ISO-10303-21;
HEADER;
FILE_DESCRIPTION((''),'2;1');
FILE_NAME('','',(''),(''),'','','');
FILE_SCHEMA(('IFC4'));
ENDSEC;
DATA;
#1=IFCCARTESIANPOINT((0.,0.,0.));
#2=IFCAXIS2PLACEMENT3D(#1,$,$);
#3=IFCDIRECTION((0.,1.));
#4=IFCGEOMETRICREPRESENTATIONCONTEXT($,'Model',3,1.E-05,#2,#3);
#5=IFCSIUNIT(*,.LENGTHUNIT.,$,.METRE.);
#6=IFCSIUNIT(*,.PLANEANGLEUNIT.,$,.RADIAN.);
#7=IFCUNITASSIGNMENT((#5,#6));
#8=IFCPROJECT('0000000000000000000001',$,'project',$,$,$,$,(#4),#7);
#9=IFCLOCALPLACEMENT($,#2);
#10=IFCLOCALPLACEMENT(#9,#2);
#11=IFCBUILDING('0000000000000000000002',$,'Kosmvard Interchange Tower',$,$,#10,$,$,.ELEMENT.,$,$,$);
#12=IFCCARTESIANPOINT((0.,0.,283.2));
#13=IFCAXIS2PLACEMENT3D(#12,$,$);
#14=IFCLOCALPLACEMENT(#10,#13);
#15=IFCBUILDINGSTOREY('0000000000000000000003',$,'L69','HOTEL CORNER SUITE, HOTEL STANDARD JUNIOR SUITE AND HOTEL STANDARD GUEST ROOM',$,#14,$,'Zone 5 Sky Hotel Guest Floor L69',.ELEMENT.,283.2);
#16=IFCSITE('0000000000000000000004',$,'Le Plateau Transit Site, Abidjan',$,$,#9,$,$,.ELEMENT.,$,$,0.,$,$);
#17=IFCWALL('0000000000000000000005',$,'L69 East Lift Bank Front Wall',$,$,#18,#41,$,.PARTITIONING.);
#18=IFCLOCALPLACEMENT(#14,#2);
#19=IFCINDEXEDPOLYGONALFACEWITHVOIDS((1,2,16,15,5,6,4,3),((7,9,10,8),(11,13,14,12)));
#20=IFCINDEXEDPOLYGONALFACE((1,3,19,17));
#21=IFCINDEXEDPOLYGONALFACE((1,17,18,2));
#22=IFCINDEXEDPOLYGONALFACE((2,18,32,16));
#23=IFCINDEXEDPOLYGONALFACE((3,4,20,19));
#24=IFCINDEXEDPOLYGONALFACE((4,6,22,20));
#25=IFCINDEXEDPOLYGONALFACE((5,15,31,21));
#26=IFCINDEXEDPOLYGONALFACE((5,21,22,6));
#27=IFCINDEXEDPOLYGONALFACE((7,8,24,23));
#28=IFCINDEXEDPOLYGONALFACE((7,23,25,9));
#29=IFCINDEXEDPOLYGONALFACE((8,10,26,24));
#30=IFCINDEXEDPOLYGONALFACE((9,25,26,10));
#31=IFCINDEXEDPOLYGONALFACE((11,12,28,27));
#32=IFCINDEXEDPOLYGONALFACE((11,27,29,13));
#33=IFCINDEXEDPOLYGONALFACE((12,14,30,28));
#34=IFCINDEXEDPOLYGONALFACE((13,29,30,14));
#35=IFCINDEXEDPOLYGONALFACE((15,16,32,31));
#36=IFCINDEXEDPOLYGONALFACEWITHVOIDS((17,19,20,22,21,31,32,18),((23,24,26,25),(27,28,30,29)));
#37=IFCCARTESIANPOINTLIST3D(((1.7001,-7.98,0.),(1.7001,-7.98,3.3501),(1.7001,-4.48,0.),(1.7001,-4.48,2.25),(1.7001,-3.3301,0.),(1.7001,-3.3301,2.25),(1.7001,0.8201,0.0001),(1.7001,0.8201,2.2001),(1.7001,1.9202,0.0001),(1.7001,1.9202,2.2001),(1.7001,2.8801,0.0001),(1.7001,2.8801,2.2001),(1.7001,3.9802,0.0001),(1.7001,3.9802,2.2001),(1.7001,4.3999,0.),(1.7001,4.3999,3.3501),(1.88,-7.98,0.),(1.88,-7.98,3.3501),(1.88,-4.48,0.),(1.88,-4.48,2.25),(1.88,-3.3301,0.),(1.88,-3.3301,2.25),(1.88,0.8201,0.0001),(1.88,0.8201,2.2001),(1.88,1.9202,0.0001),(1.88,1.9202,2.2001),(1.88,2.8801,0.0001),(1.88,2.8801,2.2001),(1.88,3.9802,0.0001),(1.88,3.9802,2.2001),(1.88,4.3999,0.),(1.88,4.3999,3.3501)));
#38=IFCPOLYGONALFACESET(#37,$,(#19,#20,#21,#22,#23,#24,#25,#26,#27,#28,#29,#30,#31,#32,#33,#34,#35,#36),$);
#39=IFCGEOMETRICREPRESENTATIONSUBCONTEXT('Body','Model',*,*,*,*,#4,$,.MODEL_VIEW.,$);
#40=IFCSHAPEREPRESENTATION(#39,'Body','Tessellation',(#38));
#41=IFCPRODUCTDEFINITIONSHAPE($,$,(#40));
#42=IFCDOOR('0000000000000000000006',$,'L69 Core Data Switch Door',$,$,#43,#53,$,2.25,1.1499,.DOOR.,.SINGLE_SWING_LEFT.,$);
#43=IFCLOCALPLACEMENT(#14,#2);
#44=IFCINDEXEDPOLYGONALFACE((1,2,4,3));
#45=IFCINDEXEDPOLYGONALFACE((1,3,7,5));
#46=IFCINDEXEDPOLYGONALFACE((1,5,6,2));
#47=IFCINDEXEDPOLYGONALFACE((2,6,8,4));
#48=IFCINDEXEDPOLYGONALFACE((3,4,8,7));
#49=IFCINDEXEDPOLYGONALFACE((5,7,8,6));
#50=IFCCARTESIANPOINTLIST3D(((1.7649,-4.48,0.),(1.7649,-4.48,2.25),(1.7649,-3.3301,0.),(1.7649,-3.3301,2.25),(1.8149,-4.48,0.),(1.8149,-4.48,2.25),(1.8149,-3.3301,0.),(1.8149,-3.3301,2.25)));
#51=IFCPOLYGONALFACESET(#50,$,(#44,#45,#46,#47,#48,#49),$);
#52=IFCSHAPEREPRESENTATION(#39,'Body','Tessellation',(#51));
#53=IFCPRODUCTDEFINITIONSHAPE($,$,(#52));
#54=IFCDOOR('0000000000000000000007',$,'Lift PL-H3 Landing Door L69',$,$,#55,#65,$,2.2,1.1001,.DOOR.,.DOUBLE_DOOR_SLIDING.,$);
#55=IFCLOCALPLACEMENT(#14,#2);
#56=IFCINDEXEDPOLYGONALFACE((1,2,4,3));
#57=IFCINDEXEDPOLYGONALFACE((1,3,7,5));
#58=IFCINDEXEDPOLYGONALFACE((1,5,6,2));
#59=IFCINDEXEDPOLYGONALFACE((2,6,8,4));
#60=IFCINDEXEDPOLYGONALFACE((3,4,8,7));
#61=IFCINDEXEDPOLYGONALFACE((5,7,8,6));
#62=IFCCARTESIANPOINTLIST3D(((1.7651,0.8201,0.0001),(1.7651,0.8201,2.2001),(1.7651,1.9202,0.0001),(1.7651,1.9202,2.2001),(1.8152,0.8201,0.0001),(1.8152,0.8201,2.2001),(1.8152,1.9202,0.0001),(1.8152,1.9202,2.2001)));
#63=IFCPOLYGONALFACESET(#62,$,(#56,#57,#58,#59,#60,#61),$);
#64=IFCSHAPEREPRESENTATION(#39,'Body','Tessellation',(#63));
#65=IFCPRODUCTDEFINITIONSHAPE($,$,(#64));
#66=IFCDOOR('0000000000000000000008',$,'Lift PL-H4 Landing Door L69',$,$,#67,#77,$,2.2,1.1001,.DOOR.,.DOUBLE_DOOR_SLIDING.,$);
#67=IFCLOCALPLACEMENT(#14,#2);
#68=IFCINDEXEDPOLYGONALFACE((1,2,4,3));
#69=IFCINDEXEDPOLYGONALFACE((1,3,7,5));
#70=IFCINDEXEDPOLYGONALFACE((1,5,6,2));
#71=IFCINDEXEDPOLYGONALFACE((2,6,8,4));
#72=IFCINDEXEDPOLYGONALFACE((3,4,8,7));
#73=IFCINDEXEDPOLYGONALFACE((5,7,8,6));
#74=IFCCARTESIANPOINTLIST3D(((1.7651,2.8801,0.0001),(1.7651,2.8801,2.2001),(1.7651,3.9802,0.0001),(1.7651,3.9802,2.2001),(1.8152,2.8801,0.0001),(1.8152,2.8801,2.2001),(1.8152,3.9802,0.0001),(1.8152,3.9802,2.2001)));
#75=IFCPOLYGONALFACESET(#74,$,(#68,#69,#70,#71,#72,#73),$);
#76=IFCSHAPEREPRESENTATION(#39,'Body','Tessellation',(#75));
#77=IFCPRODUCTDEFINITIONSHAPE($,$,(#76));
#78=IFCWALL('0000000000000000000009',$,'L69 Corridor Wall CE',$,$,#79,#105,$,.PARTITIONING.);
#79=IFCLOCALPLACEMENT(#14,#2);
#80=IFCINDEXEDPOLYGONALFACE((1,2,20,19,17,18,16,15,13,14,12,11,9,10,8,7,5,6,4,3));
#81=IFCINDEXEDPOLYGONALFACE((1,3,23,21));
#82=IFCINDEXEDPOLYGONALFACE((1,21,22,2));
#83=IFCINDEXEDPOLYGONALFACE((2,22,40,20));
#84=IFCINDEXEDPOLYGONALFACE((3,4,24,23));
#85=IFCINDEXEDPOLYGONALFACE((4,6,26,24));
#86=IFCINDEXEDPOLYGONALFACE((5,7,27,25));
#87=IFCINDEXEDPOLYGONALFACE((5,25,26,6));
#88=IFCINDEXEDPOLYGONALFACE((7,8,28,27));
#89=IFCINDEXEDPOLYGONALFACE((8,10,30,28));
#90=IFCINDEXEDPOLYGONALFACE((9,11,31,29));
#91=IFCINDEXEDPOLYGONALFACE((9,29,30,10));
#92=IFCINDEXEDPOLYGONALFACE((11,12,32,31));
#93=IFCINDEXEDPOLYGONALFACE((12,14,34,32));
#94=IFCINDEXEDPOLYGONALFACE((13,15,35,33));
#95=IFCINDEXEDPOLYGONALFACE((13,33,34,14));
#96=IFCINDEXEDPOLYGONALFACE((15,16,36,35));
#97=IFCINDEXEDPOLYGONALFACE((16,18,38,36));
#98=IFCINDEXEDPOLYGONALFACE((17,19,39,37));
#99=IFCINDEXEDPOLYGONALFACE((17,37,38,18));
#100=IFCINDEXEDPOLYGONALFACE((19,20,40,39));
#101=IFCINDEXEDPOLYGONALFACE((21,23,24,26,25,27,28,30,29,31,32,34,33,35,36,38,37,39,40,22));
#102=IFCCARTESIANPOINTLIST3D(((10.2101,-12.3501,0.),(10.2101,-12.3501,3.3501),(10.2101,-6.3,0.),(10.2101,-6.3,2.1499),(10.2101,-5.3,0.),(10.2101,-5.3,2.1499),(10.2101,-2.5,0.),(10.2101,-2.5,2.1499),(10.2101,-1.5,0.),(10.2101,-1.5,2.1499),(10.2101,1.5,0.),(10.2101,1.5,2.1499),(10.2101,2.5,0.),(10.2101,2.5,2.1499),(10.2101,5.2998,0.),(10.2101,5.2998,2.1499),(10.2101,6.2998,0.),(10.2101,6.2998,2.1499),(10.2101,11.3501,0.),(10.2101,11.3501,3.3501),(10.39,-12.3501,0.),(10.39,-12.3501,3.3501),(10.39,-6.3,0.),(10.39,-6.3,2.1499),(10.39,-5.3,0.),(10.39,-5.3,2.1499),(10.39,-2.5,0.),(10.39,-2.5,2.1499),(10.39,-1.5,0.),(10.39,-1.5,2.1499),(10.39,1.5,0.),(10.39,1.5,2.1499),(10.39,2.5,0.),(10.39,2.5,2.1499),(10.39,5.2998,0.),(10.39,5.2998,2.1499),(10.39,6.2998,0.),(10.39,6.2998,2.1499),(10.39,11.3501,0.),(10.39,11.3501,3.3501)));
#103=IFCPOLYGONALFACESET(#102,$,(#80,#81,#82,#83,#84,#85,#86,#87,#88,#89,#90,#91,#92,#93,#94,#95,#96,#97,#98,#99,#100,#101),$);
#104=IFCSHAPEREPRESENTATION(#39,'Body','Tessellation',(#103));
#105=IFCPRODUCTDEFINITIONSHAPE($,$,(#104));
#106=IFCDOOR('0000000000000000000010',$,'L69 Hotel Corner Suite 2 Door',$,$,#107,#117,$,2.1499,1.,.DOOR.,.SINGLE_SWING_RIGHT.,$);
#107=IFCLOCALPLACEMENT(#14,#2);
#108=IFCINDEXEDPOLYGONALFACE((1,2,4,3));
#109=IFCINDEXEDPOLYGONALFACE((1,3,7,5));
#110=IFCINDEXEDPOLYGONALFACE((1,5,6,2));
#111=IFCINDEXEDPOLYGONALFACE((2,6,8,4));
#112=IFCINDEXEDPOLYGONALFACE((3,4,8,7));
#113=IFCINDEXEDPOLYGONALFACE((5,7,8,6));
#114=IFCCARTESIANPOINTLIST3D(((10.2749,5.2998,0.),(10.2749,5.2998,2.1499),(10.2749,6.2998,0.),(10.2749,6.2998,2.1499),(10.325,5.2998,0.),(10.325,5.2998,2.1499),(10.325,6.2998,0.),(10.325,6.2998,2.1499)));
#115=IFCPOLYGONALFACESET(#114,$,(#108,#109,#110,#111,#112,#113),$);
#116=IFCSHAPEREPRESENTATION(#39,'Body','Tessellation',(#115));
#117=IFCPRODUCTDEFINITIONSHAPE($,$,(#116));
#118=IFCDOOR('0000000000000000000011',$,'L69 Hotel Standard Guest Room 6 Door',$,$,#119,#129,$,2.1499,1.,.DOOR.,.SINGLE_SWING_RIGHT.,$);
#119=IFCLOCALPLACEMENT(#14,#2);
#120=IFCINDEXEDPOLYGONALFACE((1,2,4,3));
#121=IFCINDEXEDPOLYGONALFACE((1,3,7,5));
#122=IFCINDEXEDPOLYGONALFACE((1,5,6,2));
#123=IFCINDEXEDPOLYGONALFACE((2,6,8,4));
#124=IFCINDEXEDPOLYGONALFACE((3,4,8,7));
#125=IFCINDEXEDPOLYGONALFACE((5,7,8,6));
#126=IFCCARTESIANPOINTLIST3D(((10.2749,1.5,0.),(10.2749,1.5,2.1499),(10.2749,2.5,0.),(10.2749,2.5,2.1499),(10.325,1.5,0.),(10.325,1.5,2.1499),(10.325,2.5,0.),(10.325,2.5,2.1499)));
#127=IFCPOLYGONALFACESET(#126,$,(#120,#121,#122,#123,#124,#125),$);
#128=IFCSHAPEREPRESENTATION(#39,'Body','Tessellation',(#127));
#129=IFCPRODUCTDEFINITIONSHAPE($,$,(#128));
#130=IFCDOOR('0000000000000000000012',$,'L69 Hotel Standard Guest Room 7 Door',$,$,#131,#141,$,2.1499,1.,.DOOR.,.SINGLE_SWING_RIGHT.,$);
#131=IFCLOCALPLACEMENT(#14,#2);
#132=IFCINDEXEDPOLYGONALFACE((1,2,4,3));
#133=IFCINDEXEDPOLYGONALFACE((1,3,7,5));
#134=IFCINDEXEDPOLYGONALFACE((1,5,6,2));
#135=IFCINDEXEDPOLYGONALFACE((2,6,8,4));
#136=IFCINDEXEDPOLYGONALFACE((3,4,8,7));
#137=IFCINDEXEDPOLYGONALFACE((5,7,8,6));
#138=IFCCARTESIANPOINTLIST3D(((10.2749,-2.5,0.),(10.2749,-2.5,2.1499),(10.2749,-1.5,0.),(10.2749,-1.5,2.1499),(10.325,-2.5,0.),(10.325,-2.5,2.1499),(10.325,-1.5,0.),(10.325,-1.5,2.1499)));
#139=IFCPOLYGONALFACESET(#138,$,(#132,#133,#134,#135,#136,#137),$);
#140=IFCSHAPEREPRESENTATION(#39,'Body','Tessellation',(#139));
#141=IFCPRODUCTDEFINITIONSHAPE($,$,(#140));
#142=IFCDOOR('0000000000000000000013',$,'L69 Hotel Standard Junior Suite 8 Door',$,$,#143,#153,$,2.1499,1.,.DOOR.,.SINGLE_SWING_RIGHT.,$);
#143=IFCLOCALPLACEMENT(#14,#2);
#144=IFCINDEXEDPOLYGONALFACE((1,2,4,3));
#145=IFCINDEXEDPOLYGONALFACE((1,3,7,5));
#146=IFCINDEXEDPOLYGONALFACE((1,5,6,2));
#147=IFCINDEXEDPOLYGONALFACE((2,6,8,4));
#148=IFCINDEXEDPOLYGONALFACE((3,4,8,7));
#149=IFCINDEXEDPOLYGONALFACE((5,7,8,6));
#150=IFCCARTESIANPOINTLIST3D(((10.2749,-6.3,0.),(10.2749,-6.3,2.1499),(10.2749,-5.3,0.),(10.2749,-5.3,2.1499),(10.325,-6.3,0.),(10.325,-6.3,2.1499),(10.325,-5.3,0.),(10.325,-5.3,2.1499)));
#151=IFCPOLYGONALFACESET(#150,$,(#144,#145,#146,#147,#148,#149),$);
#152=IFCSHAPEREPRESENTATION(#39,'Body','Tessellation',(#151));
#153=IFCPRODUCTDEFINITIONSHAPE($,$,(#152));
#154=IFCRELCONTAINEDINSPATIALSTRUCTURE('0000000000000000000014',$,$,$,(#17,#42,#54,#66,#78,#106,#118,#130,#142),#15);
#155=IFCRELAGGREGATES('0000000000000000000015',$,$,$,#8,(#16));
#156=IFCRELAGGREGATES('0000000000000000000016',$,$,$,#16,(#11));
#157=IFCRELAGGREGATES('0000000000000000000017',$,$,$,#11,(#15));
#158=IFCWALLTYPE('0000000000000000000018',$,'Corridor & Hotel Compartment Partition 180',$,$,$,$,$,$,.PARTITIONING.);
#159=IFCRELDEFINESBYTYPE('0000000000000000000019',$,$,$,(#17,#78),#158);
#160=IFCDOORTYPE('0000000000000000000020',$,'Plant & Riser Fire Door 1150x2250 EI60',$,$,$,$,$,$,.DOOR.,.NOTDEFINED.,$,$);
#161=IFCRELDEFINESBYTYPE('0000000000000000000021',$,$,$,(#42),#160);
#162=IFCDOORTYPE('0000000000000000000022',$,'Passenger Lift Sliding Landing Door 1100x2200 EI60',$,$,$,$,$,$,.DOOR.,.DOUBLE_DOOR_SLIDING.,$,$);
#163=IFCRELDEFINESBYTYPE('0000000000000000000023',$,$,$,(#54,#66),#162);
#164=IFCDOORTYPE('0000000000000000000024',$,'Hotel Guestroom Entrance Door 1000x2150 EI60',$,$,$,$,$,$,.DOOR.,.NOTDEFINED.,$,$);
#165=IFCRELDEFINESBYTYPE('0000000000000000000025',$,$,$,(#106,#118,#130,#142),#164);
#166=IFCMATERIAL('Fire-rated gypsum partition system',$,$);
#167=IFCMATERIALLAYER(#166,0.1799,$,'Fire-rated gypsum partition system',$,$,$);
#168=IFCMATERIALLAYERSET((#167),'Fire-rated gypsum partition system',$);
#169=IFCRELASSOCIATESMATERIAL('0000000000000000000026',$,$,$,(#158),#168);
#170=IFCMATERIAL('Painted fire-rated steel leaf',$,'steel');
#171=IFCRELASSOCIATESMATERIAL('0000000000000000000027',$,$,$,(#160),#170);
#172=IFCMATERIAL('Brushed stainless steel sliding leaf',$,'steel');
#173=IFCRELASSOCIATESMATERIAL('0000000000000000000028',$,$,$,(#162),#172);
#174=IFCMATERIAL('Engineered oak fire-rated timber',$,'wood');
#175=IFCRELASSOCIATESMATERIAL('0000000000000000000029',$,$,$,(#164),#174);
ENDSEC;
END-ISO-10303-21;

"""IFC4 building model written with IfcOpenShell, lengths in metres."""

from ifc_helpers import new_model, si_unit, direction, frame, frame_2d, origin, place, context, subcontext, project, spatial, rectangle, extrude, source, transform, mapped, material, layer, layer_set, type_object, element, fill, save


model = new_model("IFC4")

# Units and contexts
model_context = context("Model", 3, precision=1e-05, world=origin(), true_north=direction((0.0, 1.0)))
body_context = subcontext(model_context, "Body", "Model", "MODEL_VIEW")
ifc_project = project(units=[si_unit("LENGTHUNIT", "METRE"), si_unit("PLANEANGLEUNIT", "RADIAN")], contexts=[model_context])

# Site, building, storey
site_placement = place(None, origin())
site = spatial("IfcSite", under=ifc_project, at=site_placement, Name="Le Plateau Transit Site, Abidjan", CompositionType="ELEMENT", RefElevation=0.0)
building_placement = place(site_placement, origin())
building = spatial("IfcBuilding", under=site, at=building_placement, Name="Kosmvard Interchange Tower", CompositionType="ELEMENT")
storey_placement = place(building_placement, frame((0.0, 0.0, 283.2)))
storey = spatial("IfcBuildingStorey", under=building, at=storey_placement, Name="L69", Description="HOTEL CORNER SUITE, HOTEL STANDARD JUNIOR SUITE AND HOTEL STANDARD GUEST ROOM", LongName="Zone 5 Sky Hotel Guest Floor L69", CompositionType="ELEMENT", Elevation=283.2)

# Walls, openings, doors
ifc_material_1 = material(Name="Fire-rated gypsum partition system")
ifc_layer_1 = layer(ifc_material_1, 0.1799, Name="Fire-rated gypsum partition system")
ifc_layer_set_1 = layer_set([ifc_layer_1], Name="Fire-rated gypsum partition system")
wall_type_1 = type_object("IfcWallType", Name="Corridor & Hotel Compartment Partition 180", PredefinedType="PARTITIONING", material=ifc_layer_set_1)
wall_1_placement = place(storey_placement, frame((1.79, -7.98, 0.0), z_axis=(0.0, 0.0, 1.0), x_axis=(0.0, 1.0, 0.0)))
wall_1 = element("IfcWall", 1, at=wall_1_placement, inside=storey, type_object=wall_type_1, Name="L69 East Lift Bank Front Wall", PredefinedType="PARTITIONING", context=body_context, shape_type="SweptSolid", body=[
    extrude(rectangle(XDim=12.3799, YDim=0.1799, at=frame_2d((6.1899, 0.0))), origin(), (0.0, 0.0, 1.0), 3.3501),
])
opening_1_placement = place(wall_1_placement, frame((8.8, 0.0, 0.0)))
opening_1 = element("IfcOpeningElement", 2, at=opening_1_placement, cuts=wall_1, PredefinedType="OPENING", context=body_context, shape_type="SweptSolid", body=[
    extrude(rectangle(XDim=1.1001, YDim=2.2, at=frame_2d((0.55, 1.1001))), frame((0.0, 0.1001, 0.0), z_axis=(0.0, -1.0, 0.0), x_axis=(1.0, 0.0, 0.0)), (0.0, 0.0, 1.0), 0.2),
])
opening_2_placement = place(wall_1_placement, frame((10.8601, 0.0, 0.0)))
opening_2 = element("IfcOpeningElement", 3, at=opening_2_placement, cuts=wall_1, PredefinedType="OPENING", context=body_context, shape_type="SweptSolid", body=[
    extrude(rectangle(XDim=1.1001, YDim=2.2, at=frame_2d((0.55, 1.1001))), frame((0.0, 0.1001, 0.0), z_axis=(0.0, -1.0, 0.0), x_axis=(1.0, 0.0, 0.0)), (0.0, 0.0, 1.0), 0.2),
])
opening_3_placement = place(wall_1_placement, frame((3.5, 0.0, 0.0)))
opening_3 = element("IfcOpeningElement", 4, at=opening_3_placement, cuts=wall_1, PredefinedType="OPENING", context=body_context, shape_type="SweptSolid", body=[
    extrude(rectangle(XDim=1.1499, YDim=2.25, at=frame_2d((0.575, 1.125))), frame((0.0, 0.1001, 0.0), z_axis=(0.0, -1.0, 0.0), x_axis=(1.0, 0.0, 0.0)), (0.0, 0.0, 1.0), 0.2),
])
ifc_material_2 = material(Name="Painted fire-rated steel leaf", Category="steel")
door_type_1 = type_object("IfcDoorType", Name="Plant & Riser Fire Door 1150x2250 EI60", OperationType="NOTDEFINED", PredefinedType="DOOR", material=ifc_material_2)
shared_shape_1 = source(origin(), body_context, "Body", "SweptSolid", [
    extrude(rectangle(XDim=1.1499, YDim=2.25, at=frame_2d((0.575, 1.125))), frame((0.0, 0.0249, 0.0), z_axis=(0.0, -1.0, 0.0), x_axis=(1.0, 0.0, 0.0)), (0.0, 0.0, 1.0), 0.05),
])
door_1_placement = place(opening_3_placement, frame((1.1499, 0.0, 0.0), z_axis=(0.0, 0.0, 1.0), x_axis=(-1.0, 0.0, 0.0)))
door_1 = element("IfcDoor", 5, at=door_1_placement, inside=storey, type_object=door_type_1, Name="L69 Core Data Switch Door", OperationType="SINGLE_SWING_LEFT", OverallHeight=2.25, OverallWidth=1.1499, PredefinedType="DOOR", context=body_context, shape_type="MappedRepresentation", body=[
    mapped(shared_shape_1, transform((0.0, 0.0, 0.0), scale=1.0)),
])
fill(opening_3, door_1)
ifc_material_3 = material(Name="Brushed stainless steel sliding leaf", Category="steel")
door_type_2 = type_object("IfcDoorType", Name="Passenger Lift Sliding Landing Door 1100x2200 EI60", OperationType="DOUBLE_DOOR_SLIDING", PredefinedType="DOOR", material=ifc_material_3)
shared_shape_2 = source(origin(), body_context, "Body", "SweptSolid", [
    extrude(rectangle(XDim=1.1001, YDim=2.2, at=frame_2d((0.55, 1.1001))), frame((0.0, 0.0249, 0.0), z_axis=(0.0, -1.0, 0.0), x_axis=(1.0, 0.0, 0.0)), (0.0, 0.0, 1.0), 0.05),
])
door_2_placement = place(opening_1_placement, origin())
door_2 = element("IfcDoor", 6, at=door_2_placement, inside=storey, type_object=door_type_2, Name="Lift PL-H3 Landing Door L69", OperationType="DOUBLE_DOOR_SLIDING", OverallHeight=2.2, OverallWidth=1.1001, PredefinedType="DOOR", context=body_context, shape_type="MappedRepresentation", body=[
    mapped(shared_shape_2, transform((0.0, 0.0, 0.0), scale=1.0)),
])
fill(opening_1, door_2)
door_3_placement = place(opening_2_placement, origin())
door_3 = element("IfcDoor", 7, at=door_3_placement, inside=storey, type_object=door_type_2, Name="Lift PL-H4 Landing Door L69", OperationType="DOUBLE_DOOR_SLIDING", OverallHeight=2.2, OverallWidth=1.1001, PredefinedType="DOOR", context=body_context, shape_type="MappedRepresentation", body=[
    mapped(shared_shape_2, transform((0.0, 0.0, 0.0), scale=1.0)),
])
fill(opening_2, door_3)
wall_2_placement = place(storey_placement, frame((10.3, -12.3501, 0.0), z_axis=(0.0, 0.0, 1.0), x_axis=(0.0, 1.0, 0.0)))
wall_2 = element("IfcWall", 8, at=wall_2_placement, inside=storey, type_object=wall_type_1, Name="L69 Corridor Wall CE", PredefinedType="PARTITIONING", context=body_context, shape_type="SweptSolid", body=[
    extrude(rectangle(XDim=23.7002, YDim=0.1799, at=frame_2d((11.8501, 0.0))), origin(), (0.0, 0.0, 1.0), 3.3501),
])
opening_4_placement = place(wall_2_placement, frame((17.6499, 0.0, 0.0)))
opening_4 = element("IfcOpeningElement", 9, at=opening_4_placement, cuts=wall_2, PredefinedType="OPENING", context=body_context, shape_type="SweptSolid", body=[
    extrude(rectangle(XDim=1.0, YDim=2.1499, at=frame_2d((0.5, 1.075))), frame((0.0, 0.1001, 0.0), z_axis=(0.0, -1.0, 0.0), x_axis=(1.0, 0.0, 0.0)), (0.0, 0.0, 1.0), 0.2),
])
opening_5_placement = place(wall_2_placement, frame((13.8501, 0.0, 0.0)))
opening_5 = element("IfcOpeningElement", 10, at=opening_5_placement, cuts=wall_2, PredefinedType="OPENING", context=body_context, shape_type="SweptSolid", body=[
    extrude(rectangle(XDim=1.0, YDim=2.1499, at=frame_2d((0.5, 1.075))), frame((0.0, 0.1001, 0.0), z_axis=(0.0, -1.0, 0.0), x_axis=(1.0, 0.0, 0.0)), (0.0, 0.0, 1.0), 0.2),
])
opening_6_placement = place(wall_2_placement, frame((9.8501, 0.0, 0.0)))
opening_6 = element("IfcOpeningElement", 11, at=opening_6_placement, cuts=wall_2, PredefinedType="OPENING", context=body_context, shape_type="SweptSolid", body=[
    extrude(rectangle(XDim=1.0, YDim=2.1499, at=frame_2d((0.5, 1.075))), frame((0.0, 0.1001, 0.0), z_axis=(0.0, -1.0, 0.0), x_axis=(1.0, 0.0, 0.0)), (0.0, 0.0, 1.0), 0.2),
])
opening_7_placement = place(wall_2_placement, frame((6.05, 0.0, 0.0)))
opening_7 = element("IfcOpeningElement", 12, at=opening_7_placement, cuts=wall_2, PredefinedType="OPENING", context=body_context, shape_type="SweptSolid", body=[
    extrude(rectangle(XDim=1.0, YDim=2.1499, at=frame_2d((0.5, 1.075))), frame((0.0, 0.1001, 0.0), z_axis=(0.0, -1.0, 0.0), x_axis=(1.0, 0.0, 0.0)), (0.0, 0.0, 1.0), 0.2),
])
ifc_material_4 = material(Name="Engineered oak fire-rated timber", Category="wood")
door_type_3 = type_object("IfcDoorType", Name="Hotel Guestroom Entrance Door 1000x2150 EI60", OperationType="NOTDEFINED", PredefinedType="DOOR", material=ifc_material_4)
shared_shape_3 = source(origin(), body_context, "Body", "SweptSolid", [
    extrude(rectangle(XDim=1.0, YDim=2.1499, at=frame_2d((0.5, 1.075))), frame((0.0, 0.0249, 0.0), z_axis=(0.0, -1.0, 0.0), x_axis=(1.0, 0.0, 0.0)), (0.0, 0.0, 1.0), 0.05),
])
door_4_placement = place(opening_4_placement, frame((1.0, 0.0, 0.0), z_axis=(0.0, 0.0, 1.0), x_axis=(-1.0, 0.0, 0.0)))
door_4 = element("IfcDoor", 13, at=door_4_placement, inside=storey, type_object=door_type_3, Name="L69 Hotel Corner Suite 2 Door", OperationType="SINGLE_SWING_RIGHT", OverallHeight=2.1499, OverallWidth=1.0, PredefinedType="DOOR", context=body_context, shape_type="MappedRepresentation", body=[
    mapped(shared_shape_3, transform((0.0, 0.0, 0.0), scale=1.0)),
])
fill(opening_4, door_4)
door_5_placement = place(opening_5_placement, frame((1.0, 0.0, 0.0), z_axis=(0.0, 0.0, 1.0), x_axis=(-1.0, 0.0, 0.0)))
door_5 = element("IfcDoor", 14, at=door_5_placement, inside=storey, type_object=door_type_3, Name="L69 Hotel Standard Guest Room 6 Door", OperationType="SINGLE_SWING_RIGHT", OverallHeight=2.1499, OverallWidth=1.0, PredefinedType="DOOR", context=body_context, shape_type="MappedRepresentation", body=[
    mapped(shared_shape_3, transform((0.0, 0.0, 0.0), scale=1.0)),
])
fill(opening_5, door_5)
door_6_placement = place(opening_6_placement, frame((1.0, 0.0, 0.0), z_axis=(0.0, 0.0, 1.0), x_axis=(-1.0, 0.0, 0.0)))
door_6 = element("IfcDoor", 15, at=door_6_placement, inside=storey, type_object=door_type_3, Name="L69 Hotel Standard Guest Room 7 Door", OperationType="SINGLE_SWING_RIGHT", OverallHeight=2.1499, OverallWidth=1.0, PredefinedType="DOOR", context=body_context, shape_type="MappedRepresentation", body=[
    mapped(shared_shape_3, transform((0.0, 0.0, 0.0), scale=1.0)),
])
fill(opening_6, door_6)
door_7_placement = place(opening_7_placement, frame((1.0, 0.0, 0.0), z_axis=(0.0, 0.0, 1.0), x_axis=(-1.0, 0.0, 0.0)))
door_7 = element("IfcDoor", 16, at=door_7_placement, inside=storey, type_object=door_type_3, Name="L69 Hotel Standard Junior Suite 8 Door", OperationType="SINGLE_SWING_RIGHT", OverallHeight=2.1499, OverallWidth=1.0, PredefinedType="DOOR", context=body_context, shape_type="MappedRepresentation", body=[
    mapped(shared_shape_3, transform((0.0, 0.0, 0.0), scale=1.0)),
])
fill(opening_7, door_7)

save(model, "model.ifc")
